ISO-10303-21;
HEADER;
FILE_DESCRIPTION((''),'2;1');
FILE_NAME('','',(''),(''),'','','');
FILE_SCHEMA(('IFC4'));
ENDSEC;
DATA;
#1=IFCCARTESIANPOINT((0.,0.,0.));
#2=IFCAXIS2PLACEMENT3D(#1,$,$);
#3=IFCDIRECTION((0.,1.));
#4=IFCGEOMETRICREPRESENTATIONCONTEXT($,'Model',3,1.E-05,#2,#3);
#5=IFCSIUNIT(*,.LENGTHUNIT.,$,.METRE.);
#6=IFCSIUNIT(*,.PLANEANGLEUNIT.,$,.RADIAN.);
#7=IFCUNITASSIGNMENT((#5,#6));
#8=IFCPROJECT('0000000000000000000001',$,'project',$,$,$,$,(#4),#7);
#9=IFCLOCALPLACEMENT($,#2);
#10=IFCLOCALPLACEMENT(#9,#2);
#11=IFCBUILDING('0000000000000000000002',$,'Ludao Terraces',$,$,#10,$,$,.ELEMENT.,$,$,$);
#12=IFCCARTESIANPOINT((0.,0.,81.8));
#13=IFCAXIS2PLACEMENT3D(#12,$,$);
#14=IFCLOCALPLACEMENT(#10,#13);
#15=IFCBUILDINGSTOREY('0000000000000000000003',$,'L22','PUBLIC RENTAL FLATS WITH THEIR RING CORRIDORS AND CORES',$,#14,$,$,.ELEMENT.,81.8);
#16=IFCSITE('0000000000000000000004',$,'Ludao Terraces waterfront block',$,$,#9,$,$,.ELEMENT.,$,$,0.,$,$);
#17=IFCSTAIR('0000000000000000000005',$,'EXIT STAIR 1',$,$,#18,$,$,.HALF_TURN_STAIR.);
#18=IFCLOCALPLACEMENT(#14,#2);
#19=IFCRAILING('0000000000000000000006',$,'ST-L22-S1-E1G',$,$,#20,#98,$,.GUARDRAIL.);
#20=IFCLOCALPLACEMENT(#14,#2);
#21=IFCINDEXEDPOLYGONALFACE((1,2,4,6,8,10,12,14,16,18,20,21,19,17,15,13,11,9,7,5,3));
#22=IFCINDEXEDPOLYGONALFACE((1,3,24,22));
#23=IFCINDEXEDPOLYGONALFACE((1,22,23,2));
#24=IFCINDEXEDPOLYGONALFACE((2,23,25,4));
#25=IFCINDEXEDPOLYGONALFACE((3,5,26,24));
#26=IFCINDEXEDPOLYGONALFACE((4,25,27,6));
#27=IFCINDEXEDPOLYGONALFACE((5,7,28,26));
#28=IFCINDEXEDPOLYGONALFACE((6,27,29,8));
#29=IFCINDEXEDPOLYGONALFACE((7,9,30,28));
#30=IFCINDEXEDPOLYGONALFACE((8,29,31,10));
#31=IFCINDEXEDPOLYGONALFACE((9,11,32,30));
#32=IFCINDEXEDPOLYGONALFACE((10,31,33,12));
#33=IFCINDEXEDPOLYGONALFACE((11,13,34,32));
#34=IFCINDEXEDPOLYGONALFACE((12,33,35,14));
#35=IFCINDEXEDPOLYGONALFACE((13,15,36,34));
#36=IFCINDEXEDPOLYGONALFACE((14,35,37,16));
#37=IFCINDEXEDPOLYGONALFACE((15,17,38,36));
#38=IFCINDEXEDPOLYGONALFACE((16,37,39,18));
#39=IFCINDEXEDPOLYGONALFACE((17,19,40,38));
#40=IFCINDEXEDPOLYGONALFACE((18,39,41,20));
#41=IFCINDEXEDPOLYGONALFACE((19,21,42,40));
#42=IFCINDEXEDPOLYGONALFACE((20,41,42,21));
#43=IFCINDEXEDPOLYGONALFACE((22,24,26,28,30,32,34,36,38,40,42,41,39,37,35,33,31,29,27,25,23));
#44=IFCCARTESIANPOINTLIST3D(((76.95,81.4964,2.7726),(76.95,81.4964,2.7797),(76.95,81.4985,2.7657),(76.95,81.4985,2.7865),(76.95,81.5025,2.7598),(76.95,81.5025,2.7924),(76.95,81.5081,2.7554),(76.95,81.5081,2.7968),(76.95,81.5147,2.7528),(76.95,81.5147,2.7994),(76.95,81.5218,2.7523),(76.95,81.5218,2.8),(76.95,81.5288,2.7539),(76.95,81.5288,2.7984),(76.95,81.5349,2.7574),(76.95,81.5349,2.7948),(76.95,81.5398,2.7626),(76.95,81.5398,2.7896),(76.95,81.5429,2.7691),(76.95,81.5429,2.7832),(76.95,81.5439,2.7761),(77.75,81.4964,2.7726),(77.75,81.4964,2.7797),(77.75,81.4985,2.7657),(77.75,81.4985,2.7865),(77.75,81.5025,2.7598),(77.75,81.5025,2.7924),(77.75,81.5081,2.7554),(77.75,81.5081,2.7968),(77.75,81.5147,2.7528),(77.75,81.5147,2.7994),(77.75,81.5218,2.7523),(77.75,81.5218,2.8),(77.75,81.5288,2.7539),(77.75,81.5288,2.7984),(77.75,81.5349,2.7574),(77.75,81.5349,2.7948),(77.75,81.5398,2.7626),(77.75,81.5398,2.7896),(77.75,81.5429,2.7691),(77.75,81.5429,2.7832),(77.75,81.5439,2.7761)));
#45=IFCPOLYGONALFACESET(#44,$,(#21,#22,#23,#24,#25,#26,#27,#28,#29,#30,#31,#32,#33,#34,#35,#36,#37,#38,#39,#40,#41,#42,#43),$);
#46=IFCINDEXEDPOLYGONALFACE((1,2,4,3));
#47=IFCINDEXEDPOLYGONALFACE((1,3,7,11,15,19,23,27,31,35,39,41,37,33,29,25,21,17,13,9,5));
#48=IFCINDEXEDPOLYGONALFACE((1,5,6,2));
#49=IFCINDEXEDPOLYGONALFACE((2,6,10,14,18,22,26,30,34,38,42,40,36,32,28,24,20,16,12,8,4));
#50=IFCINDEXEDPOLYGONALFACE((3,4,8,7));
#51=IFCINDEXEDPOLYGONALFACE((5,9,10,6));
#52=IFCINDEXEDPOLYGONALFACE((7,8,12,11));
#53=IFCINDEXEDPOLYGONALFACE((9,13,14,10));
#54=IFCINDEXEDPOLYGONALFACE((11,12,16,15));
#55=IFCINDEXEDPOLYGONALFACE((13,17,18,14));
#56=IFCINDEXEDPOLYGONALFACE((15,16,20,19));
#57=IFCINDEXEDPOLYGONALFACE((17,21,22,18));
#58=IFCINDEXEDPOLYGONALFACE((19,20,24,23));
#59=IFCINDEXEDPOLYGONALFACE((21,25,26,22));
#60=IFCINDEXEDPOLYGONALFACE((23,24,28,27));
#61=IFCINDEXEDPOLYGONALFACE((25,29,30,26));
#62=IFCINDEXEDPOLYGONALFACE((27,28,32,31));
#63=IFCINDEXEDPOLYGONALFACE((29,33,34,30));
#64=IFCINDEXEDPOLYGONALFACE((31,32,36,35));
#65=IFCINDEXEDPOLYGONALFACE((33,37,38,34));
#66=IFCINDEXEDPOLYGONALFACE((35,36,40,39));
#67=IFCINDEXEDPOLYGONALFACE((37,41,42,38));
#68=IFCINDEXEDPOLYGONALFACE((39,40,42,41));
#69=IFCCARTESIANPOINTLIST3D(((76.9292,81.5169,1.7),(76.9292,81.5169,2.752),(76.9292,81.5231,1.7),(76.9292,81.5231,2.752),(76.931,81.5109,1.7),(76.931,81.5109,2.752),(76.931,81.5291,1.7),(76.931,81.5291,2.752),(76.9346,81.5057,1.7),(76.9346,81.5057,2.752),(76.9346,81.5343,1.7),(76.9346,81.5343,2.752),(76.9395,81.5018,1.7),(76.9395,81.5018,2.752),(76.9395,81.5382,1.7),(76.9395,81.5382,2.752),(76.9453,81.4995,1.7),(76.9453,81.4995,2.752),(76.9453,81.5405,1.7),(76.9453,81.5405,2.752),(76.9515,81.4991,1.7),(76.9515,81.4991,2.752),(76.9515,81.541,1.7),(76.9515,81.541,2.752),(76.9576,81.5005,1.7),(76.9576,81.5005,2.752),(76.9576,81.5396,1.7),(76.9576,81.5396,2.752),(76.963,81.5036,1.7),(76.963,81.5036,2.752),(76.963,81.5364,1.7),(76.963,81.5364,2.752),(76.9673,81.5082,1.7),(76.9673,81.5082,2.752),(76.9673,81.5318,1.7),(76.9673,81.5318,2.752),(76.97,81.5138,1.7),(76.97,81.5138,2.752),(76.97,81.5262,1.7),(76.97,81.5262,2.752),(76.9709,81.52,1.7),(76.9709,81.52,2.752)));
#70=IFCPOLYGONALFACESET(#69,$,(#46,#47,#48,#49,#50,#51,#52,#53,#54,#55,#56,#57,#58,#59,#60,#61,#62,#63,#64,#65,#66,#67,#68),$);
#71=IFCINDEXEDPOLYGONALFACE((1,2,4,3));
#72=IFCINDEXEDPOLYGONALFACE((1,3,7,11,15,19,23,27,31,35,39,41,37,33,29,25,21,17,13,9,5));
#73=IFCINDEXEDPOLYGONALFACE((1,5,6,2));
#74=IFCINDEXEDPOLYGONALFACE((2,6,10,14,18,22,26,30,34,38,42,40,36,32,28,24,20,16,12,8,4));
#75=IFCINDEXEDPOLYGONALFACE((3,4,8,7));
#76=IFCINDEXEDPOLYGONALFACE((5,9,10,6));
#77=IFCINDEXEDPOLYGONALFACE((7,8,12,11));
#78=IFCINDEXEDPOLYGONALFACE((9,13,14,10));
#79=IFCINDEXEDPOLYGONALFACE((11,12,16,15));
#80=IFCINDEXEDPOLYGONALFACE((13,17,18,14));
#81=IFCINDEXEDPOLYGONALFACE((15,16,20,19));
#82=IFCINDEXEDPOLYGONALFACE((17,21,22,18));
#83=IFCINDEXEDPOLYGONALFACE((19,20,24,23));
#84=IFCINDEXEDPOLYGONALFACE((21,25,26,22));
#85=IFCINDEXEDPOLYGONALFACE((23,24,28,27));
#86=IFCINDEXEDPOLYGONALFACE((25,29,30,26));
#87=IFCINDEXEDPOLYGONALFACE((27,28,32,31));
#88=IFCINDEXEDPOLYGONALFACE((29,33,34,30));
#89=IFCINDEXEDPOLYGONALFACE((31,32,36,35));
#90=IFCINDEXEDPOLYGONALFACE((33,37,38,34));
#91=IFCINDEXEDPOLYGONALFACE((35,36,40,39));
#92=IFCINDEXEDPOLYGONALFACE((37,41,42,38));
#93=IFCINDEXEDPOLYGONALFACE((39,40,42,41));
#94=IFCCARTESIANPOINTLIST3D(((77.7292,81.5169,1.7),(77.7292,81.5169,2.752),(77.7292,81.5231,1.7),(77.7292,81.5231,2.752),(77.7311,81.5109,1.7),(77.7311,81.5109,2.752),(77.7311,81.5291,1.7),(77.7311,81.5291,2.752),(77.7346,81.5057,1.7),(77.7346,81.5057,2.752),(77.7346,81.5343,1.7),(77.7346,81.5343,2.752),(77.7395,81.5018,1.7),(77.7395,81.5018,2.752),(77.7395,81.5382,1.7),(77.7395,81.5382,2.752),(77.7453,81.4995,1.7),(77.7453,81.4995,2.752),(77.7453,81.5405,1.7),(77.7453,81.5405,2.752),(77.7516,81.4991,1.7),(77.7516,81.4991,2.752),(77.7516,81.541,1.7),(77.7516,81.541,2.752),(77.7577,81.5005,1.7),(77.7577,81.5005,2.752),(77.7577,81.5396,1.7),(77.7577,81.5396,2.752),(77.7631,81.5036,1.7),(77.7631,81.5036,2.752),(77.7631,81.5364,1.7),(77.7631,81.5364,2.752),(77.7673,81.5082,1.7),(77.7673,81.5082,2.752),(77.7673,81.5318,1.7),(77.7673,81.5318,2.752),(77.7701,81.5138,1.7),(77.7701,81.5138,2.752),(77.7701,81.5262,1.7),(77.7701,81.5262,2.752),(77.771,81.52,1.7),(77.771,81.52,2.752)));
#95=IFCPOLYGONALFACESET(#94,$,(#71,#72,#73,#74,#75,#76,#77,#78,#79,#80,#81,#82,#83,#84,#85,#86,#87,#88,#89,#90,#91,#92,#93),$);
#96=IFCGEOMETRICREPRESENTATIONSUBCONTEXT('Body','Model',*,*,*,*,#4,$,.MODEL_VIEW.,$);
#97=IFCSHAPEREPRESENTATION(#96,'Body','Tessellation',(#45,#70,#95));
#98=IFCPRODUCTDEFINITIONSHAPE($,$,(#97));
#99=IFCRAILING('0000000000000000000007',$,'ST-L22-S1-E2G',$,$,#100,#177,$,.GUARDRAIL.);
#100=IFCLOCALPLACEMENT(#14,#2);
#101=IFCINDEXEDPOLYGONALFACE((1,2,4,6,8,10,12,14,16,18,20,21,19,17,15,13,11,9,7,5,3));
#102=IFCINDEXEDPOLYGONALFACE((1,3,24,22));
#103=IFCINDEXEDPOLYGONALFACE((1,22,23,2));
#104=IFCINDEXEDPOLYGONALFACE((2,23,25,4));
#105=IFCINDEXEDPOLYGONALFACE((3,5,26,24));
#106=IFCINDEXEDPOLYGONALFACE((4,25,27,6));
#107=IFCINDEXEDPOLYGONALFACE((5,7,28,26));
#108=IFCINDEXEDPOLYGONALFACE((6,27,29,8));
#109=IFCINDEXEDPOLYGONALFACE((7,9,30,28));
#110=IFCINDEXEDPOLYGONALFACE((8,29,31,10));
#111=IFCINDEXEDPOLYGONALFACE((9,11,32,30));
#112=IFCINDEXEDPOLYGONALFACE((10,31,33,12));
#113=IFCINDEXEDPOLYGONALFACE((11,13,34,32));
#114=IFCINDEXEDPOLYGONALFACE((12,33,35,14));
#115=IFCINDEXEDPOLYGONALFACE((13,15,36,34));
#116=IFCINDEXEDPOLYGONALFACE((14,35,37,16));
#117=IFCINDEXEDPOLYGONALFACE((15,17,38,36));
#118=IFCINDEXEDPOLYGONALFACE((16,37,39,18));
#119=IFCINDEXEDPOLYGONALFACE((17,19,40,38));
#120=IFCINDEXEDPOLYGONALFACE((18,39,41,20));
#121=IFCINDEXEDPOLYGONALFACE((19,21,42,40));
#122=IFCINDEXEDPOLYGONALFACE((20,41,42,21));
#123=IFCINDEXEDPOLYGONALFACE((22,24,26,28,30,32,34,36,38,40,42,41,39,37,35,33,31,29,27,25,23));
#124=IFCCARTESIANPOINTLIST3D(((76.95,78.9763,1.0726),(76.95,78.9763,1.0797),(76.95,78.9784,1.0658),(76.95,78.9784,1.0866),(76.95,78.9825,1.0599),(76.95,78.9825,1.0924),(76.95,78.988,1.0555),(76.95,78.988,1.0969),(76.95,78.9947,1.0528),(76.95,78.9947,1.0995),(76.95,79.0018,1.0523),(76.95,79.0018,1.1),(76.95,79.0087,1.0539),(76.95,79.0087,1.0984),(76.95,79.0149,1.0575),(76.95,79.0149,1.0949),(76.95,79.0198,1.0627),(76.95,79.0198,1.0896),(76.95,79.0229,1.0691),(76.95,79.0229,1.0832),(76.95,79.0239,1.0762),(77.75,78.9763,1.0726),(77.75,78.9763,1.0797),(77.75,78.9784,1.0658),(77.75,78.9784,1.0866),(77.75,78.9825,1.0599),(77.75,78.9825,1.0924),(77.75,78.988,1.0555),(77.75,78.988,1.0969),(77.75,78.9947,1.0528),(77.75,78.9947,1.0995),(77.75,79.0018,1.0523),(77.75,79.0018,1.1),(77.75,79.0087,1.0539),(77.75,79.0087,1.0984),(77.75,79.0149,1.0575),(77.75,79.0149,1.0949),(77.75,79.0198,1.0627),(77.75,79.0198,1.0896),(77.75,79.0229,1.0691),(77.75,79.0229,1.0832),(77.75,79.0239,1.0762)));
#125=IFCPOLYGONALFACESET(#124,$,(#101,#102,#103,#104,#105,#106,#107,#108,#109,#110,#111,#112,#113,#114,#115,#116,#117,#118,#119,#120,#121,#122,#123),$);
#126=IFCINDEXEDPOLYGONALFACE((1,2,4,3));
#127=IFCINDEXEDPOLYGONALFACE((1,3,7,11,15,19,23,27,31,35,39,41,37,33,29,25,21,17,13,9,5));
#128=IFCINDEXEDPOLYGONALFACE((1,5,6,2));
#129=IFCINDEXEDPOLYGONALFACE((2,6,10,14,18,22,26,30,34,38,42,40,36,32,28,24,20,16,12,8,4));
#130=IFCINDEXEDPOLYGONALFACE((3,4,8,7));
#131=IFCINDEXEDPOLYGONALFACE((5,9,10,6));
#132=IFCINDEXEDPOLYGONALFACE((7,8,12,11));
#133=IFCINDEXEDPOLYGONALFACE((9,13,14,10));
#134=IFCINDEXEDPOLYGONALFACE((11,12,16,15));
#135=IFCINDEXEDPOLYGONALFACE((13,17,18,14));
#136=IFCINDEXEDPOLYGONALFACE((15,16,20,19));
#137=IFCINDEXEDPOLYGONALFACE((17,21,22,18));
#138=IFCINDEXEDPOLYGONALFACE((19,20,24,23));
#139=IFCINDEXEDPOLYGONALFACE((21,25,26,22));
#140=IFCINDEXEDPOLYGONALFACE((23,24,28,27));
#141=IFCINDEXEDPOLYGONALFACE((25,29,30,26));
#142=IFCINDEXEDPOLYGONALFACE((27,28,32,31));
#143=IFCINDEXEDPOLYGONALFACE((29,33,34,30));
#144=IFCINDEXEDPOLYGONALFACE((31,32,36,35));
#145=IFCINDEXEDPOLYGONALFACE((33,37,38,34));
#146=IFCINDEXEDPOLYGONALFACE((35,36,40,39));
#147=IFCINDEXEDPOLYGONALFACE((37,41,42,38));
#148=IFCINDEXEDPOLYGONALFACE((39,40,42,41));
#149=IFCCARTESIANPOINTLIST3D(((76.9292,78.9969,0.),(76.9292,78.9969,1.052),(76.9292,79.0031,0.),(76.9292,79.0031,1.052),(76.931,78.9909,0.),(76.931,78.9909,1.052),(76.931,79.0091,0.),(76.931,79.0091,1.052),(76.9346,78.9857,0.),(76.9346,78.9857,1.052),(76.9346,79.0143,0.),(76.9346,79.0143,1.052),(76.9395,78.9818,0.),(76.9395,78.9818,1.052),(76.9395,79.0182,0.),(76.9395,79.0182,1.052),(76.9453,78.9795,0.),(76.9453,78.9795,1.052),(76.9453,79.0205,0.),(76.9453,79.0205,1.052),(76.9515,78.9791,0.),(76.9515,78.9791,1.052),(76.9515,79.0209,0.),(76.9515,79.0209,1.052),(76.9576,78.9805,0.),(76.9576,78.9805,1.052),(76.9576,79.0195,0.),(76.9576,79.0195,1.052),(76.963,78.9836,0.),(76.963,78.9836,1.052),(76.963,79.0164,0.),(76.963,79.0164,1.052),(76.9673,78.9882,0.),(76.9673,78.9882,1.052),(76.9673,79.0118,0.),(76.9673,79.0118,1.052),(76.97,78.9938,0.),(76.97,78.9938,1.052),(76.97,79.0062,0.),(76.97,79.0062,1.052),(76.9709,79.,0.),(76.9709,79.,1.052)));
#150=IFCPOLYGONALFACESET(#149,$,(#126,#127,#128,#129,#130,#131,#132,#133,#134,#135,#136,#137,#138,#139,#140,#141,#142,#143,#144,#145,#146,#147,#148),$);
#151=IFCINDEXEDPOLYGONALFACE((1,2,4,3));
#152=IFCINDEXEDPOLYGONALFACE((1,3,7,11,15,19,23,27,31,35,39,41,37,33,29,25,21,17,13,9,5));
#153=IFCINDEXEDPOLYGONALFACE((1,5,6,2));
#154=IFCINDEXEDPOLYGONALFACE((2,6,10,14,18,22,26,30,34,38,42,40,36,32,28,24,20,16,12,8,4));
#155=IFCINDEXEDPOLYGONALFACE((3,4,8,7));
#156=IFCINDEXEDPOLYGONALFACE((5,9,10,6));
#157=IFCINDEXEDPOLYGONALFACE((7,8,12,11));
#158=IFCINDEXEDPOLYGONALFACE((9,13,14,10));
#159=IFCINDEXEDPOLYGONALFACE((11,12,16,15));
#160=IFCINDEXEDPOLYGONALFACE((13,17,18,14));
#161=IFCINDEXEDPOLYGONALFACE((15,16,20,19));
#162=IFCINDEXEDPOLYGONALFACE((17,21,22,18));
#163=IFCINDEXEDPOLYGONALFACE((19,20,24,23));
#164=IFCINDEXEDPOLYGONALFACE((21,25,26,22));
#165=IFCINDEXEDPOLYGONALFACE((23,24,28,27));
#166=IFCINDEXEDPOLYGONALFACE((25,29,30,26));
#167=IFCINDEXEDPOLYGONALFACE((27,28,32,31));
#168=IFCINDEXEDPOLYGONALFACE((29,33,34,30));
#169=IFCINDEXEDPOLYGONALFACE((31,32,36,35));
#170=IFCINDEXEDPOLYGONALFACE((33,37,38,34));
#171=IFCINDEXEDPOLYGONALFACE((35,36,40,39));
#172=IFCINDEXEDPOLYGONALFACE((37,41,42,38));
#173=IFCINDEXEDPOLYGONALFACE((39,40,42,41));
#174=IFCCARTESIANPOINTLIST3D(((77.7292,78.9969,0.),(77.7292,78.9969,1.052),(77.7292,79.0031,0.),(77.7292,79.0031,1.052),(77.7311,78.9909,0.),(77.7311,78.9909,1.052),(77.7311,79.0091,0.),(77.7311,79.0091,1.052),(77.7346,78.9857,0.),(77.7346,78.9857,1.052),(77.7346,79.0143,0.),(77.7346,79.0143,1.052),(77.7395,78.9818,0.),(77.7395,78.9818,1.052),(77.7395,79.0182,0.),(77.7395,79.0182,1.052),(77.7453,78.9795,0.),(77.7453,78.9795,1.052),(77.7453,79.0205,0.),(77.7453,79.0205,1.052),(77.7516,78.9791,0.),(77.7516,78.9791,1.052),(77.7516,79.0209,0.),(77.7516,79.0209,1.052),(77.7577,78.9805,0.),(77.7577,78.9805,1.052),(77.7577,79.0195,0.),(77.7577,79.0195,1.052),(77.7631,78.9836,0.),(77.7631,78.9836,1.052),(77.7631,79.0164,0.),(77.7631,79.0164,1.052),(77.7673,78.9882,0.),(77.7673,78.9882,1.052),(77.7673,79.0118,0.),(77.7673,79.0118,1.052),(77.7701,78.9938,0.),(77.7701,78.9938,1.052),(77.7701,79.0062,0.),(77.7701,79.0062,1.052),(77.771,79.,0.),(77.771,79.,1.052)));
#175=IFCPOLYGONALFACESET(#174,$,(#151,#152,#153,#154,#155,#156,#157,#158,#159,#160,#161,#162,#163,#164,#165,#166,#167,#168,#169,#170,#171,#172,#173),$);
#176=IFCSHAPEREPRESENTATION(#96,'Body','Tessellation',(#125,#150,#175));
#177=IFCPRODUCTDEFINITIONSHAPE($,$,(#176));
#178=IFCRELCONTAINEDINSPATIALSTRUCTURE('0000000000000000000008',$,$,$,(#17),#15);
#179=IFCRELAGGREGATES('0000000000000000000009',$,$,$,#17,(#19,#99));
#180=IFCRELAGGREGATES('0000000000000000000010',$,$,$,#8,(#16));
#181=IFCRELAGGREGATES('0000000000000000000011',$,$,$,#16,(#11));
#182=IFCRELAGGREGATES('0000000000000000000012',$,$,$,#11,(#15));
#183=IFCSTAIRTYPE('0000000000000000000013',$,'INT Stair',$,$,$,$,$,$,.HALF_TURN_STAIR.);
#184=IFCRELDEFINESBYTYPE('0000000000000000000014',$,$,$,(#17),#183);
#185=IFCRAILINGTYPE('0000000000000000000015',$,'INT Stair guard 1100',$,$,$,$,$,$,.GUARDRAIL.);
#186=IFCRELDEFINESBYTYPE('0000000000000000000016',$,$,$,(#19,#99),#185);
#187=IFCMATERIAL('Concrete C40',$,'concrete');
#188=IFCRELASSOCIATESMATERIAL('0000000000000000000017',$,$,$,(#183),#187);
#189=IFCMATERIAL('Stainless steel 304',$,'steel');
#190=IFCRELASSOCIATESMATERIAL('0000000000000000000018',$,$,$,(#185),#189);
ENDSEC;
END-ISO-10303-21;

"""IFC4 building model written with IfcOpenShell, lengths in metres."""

from ifc_helpers import new_model, si_unit, direction, frame, origin, origin_2d, place, context, subcontext, project, spatial, circle, extrude, material, type_object, element, aggregate, save


model = new_model("IFC4")

# Units and contexts
model_context = context("Model", 3, precision=1e-05, world=origin(), true_north=direction((0.0, 1.0)))
body_context = subcontext(model_context, "Body", "Model", "MODEL_VIEW")
ifc_project = project(units=[si_unit("LENGTHUNIT", "METRE"), si_unit("PLANEANGLEUNIT", "RADIAN")], contexts=[model_context])

# Site, building, storey
site_placement = place(None, origin())
site = spatial("IfcSite", under=ifc_project, at=site_placement, Name="Ludao Terraces waterfront block", CompositionType="ELEMENT", RefElevation=0.0)
building_placement = place(site_placement, origin())
building = spatial("IfcBuilding", under=site, at=building_placement, Name="Ludao Terraces", CompositionType="ELEMENT")
storey_placement = place(building_placement, frame((0.0, 0.0, 81.8)))
storey = spatial("IfcBuildingStorey", under=building, at=storey_placement, Name="L22", Description="PUBLIC RENTAL FLATS WITH THEIR RING CORRIDORS AND CORES", CompositionType="ELEMENT", Elevation=81.8)

# Shared definitions
ifc_material_1 = material(Name="Stainless steel 304", Category="steel")

# Stair, railings
ifc_material_2 = material(Name="Concrete C40", Category="concrete")
stair_type = type_object("IfcStairType", Name="INT Stair", PredefinedType="HALF_TURN_STAIR", material=ifc_material_2)
stair_placement = place(storey_placement, origin())
stair = element("IfcStair", 1, at=stair_placement, inside=storey, type_object=stair_type, Name="EXIT STAIR 1", PredefinedType="HALF_TURN_STAIR")
railing_type_1 = type_object("IfcRailingType", Name="INT Stair guard 1100", PredefinedType="GUARDRAIL", material=ifc_material_1)
railing_1_placement = place(storey_placement, frame((76.95, 81.52, 1.7)))
railing_1 = element("IfcRailing", 2, at=railing_1_placement, type_object=railing_type_1, Name="ST-L22-S1-E1G", PredefinedType="GUARDRAIL", context=body_context, shape_type="SweptSolid", body=[
    extrude(circle(Radius=0.0239, at=origin_2d()), frame((0.0, 0.0, 1.0762), z_axis=(1.0, 0.0, 0.0), x_axis=(0.0, 1.0, 0.0)), (0.0, 0.0, 1.0), 0.8),
    extrude(circle(Radius=0.021, at=origin_2d()), origin(), (0.0, 0.0, 1.0), 1.052),
    extrude(circle(Radius=0.021, at=origin_2d()), frame((0.8, 0.0, 0.0)), (0.0, 0.0, 1.0), 1.052),
])
railing_2_placement = place(storey_placement, frame((76.95, 79.0, 0.0)))
railing_2 = element("IfcRailing", 3, at=railing_2_placement, type_object=railing_type_1, Name="ST-L22-S1-E2G", PredefinedType="GUARDRAIL", context=body_context, shape_type="SweptSolid", body=[
    extrude(circle(Radius=0.0239, at=origin_2d()), frame((0.0, 0.0, 1.0762), z_axis=(1.0, 0.0, 0.0), x_axis=(0.0, 1.0, 0.0)), (0.0, 0.0, 1.0), 0.8),
    extrude(circle(Radius=0.021, at=origin_2d()), origin(), (0.0, 0.0, 1.0), 1.052),
    extrude(circle(Radius=0.021, at=origin_2d()), frame((0.8, 0.0, 0.0)), (0.0, 0.0, 1.0), 1.052),
])
aggregate(stair, [railing_1, railing_2])

save(model, "model.ifc")
